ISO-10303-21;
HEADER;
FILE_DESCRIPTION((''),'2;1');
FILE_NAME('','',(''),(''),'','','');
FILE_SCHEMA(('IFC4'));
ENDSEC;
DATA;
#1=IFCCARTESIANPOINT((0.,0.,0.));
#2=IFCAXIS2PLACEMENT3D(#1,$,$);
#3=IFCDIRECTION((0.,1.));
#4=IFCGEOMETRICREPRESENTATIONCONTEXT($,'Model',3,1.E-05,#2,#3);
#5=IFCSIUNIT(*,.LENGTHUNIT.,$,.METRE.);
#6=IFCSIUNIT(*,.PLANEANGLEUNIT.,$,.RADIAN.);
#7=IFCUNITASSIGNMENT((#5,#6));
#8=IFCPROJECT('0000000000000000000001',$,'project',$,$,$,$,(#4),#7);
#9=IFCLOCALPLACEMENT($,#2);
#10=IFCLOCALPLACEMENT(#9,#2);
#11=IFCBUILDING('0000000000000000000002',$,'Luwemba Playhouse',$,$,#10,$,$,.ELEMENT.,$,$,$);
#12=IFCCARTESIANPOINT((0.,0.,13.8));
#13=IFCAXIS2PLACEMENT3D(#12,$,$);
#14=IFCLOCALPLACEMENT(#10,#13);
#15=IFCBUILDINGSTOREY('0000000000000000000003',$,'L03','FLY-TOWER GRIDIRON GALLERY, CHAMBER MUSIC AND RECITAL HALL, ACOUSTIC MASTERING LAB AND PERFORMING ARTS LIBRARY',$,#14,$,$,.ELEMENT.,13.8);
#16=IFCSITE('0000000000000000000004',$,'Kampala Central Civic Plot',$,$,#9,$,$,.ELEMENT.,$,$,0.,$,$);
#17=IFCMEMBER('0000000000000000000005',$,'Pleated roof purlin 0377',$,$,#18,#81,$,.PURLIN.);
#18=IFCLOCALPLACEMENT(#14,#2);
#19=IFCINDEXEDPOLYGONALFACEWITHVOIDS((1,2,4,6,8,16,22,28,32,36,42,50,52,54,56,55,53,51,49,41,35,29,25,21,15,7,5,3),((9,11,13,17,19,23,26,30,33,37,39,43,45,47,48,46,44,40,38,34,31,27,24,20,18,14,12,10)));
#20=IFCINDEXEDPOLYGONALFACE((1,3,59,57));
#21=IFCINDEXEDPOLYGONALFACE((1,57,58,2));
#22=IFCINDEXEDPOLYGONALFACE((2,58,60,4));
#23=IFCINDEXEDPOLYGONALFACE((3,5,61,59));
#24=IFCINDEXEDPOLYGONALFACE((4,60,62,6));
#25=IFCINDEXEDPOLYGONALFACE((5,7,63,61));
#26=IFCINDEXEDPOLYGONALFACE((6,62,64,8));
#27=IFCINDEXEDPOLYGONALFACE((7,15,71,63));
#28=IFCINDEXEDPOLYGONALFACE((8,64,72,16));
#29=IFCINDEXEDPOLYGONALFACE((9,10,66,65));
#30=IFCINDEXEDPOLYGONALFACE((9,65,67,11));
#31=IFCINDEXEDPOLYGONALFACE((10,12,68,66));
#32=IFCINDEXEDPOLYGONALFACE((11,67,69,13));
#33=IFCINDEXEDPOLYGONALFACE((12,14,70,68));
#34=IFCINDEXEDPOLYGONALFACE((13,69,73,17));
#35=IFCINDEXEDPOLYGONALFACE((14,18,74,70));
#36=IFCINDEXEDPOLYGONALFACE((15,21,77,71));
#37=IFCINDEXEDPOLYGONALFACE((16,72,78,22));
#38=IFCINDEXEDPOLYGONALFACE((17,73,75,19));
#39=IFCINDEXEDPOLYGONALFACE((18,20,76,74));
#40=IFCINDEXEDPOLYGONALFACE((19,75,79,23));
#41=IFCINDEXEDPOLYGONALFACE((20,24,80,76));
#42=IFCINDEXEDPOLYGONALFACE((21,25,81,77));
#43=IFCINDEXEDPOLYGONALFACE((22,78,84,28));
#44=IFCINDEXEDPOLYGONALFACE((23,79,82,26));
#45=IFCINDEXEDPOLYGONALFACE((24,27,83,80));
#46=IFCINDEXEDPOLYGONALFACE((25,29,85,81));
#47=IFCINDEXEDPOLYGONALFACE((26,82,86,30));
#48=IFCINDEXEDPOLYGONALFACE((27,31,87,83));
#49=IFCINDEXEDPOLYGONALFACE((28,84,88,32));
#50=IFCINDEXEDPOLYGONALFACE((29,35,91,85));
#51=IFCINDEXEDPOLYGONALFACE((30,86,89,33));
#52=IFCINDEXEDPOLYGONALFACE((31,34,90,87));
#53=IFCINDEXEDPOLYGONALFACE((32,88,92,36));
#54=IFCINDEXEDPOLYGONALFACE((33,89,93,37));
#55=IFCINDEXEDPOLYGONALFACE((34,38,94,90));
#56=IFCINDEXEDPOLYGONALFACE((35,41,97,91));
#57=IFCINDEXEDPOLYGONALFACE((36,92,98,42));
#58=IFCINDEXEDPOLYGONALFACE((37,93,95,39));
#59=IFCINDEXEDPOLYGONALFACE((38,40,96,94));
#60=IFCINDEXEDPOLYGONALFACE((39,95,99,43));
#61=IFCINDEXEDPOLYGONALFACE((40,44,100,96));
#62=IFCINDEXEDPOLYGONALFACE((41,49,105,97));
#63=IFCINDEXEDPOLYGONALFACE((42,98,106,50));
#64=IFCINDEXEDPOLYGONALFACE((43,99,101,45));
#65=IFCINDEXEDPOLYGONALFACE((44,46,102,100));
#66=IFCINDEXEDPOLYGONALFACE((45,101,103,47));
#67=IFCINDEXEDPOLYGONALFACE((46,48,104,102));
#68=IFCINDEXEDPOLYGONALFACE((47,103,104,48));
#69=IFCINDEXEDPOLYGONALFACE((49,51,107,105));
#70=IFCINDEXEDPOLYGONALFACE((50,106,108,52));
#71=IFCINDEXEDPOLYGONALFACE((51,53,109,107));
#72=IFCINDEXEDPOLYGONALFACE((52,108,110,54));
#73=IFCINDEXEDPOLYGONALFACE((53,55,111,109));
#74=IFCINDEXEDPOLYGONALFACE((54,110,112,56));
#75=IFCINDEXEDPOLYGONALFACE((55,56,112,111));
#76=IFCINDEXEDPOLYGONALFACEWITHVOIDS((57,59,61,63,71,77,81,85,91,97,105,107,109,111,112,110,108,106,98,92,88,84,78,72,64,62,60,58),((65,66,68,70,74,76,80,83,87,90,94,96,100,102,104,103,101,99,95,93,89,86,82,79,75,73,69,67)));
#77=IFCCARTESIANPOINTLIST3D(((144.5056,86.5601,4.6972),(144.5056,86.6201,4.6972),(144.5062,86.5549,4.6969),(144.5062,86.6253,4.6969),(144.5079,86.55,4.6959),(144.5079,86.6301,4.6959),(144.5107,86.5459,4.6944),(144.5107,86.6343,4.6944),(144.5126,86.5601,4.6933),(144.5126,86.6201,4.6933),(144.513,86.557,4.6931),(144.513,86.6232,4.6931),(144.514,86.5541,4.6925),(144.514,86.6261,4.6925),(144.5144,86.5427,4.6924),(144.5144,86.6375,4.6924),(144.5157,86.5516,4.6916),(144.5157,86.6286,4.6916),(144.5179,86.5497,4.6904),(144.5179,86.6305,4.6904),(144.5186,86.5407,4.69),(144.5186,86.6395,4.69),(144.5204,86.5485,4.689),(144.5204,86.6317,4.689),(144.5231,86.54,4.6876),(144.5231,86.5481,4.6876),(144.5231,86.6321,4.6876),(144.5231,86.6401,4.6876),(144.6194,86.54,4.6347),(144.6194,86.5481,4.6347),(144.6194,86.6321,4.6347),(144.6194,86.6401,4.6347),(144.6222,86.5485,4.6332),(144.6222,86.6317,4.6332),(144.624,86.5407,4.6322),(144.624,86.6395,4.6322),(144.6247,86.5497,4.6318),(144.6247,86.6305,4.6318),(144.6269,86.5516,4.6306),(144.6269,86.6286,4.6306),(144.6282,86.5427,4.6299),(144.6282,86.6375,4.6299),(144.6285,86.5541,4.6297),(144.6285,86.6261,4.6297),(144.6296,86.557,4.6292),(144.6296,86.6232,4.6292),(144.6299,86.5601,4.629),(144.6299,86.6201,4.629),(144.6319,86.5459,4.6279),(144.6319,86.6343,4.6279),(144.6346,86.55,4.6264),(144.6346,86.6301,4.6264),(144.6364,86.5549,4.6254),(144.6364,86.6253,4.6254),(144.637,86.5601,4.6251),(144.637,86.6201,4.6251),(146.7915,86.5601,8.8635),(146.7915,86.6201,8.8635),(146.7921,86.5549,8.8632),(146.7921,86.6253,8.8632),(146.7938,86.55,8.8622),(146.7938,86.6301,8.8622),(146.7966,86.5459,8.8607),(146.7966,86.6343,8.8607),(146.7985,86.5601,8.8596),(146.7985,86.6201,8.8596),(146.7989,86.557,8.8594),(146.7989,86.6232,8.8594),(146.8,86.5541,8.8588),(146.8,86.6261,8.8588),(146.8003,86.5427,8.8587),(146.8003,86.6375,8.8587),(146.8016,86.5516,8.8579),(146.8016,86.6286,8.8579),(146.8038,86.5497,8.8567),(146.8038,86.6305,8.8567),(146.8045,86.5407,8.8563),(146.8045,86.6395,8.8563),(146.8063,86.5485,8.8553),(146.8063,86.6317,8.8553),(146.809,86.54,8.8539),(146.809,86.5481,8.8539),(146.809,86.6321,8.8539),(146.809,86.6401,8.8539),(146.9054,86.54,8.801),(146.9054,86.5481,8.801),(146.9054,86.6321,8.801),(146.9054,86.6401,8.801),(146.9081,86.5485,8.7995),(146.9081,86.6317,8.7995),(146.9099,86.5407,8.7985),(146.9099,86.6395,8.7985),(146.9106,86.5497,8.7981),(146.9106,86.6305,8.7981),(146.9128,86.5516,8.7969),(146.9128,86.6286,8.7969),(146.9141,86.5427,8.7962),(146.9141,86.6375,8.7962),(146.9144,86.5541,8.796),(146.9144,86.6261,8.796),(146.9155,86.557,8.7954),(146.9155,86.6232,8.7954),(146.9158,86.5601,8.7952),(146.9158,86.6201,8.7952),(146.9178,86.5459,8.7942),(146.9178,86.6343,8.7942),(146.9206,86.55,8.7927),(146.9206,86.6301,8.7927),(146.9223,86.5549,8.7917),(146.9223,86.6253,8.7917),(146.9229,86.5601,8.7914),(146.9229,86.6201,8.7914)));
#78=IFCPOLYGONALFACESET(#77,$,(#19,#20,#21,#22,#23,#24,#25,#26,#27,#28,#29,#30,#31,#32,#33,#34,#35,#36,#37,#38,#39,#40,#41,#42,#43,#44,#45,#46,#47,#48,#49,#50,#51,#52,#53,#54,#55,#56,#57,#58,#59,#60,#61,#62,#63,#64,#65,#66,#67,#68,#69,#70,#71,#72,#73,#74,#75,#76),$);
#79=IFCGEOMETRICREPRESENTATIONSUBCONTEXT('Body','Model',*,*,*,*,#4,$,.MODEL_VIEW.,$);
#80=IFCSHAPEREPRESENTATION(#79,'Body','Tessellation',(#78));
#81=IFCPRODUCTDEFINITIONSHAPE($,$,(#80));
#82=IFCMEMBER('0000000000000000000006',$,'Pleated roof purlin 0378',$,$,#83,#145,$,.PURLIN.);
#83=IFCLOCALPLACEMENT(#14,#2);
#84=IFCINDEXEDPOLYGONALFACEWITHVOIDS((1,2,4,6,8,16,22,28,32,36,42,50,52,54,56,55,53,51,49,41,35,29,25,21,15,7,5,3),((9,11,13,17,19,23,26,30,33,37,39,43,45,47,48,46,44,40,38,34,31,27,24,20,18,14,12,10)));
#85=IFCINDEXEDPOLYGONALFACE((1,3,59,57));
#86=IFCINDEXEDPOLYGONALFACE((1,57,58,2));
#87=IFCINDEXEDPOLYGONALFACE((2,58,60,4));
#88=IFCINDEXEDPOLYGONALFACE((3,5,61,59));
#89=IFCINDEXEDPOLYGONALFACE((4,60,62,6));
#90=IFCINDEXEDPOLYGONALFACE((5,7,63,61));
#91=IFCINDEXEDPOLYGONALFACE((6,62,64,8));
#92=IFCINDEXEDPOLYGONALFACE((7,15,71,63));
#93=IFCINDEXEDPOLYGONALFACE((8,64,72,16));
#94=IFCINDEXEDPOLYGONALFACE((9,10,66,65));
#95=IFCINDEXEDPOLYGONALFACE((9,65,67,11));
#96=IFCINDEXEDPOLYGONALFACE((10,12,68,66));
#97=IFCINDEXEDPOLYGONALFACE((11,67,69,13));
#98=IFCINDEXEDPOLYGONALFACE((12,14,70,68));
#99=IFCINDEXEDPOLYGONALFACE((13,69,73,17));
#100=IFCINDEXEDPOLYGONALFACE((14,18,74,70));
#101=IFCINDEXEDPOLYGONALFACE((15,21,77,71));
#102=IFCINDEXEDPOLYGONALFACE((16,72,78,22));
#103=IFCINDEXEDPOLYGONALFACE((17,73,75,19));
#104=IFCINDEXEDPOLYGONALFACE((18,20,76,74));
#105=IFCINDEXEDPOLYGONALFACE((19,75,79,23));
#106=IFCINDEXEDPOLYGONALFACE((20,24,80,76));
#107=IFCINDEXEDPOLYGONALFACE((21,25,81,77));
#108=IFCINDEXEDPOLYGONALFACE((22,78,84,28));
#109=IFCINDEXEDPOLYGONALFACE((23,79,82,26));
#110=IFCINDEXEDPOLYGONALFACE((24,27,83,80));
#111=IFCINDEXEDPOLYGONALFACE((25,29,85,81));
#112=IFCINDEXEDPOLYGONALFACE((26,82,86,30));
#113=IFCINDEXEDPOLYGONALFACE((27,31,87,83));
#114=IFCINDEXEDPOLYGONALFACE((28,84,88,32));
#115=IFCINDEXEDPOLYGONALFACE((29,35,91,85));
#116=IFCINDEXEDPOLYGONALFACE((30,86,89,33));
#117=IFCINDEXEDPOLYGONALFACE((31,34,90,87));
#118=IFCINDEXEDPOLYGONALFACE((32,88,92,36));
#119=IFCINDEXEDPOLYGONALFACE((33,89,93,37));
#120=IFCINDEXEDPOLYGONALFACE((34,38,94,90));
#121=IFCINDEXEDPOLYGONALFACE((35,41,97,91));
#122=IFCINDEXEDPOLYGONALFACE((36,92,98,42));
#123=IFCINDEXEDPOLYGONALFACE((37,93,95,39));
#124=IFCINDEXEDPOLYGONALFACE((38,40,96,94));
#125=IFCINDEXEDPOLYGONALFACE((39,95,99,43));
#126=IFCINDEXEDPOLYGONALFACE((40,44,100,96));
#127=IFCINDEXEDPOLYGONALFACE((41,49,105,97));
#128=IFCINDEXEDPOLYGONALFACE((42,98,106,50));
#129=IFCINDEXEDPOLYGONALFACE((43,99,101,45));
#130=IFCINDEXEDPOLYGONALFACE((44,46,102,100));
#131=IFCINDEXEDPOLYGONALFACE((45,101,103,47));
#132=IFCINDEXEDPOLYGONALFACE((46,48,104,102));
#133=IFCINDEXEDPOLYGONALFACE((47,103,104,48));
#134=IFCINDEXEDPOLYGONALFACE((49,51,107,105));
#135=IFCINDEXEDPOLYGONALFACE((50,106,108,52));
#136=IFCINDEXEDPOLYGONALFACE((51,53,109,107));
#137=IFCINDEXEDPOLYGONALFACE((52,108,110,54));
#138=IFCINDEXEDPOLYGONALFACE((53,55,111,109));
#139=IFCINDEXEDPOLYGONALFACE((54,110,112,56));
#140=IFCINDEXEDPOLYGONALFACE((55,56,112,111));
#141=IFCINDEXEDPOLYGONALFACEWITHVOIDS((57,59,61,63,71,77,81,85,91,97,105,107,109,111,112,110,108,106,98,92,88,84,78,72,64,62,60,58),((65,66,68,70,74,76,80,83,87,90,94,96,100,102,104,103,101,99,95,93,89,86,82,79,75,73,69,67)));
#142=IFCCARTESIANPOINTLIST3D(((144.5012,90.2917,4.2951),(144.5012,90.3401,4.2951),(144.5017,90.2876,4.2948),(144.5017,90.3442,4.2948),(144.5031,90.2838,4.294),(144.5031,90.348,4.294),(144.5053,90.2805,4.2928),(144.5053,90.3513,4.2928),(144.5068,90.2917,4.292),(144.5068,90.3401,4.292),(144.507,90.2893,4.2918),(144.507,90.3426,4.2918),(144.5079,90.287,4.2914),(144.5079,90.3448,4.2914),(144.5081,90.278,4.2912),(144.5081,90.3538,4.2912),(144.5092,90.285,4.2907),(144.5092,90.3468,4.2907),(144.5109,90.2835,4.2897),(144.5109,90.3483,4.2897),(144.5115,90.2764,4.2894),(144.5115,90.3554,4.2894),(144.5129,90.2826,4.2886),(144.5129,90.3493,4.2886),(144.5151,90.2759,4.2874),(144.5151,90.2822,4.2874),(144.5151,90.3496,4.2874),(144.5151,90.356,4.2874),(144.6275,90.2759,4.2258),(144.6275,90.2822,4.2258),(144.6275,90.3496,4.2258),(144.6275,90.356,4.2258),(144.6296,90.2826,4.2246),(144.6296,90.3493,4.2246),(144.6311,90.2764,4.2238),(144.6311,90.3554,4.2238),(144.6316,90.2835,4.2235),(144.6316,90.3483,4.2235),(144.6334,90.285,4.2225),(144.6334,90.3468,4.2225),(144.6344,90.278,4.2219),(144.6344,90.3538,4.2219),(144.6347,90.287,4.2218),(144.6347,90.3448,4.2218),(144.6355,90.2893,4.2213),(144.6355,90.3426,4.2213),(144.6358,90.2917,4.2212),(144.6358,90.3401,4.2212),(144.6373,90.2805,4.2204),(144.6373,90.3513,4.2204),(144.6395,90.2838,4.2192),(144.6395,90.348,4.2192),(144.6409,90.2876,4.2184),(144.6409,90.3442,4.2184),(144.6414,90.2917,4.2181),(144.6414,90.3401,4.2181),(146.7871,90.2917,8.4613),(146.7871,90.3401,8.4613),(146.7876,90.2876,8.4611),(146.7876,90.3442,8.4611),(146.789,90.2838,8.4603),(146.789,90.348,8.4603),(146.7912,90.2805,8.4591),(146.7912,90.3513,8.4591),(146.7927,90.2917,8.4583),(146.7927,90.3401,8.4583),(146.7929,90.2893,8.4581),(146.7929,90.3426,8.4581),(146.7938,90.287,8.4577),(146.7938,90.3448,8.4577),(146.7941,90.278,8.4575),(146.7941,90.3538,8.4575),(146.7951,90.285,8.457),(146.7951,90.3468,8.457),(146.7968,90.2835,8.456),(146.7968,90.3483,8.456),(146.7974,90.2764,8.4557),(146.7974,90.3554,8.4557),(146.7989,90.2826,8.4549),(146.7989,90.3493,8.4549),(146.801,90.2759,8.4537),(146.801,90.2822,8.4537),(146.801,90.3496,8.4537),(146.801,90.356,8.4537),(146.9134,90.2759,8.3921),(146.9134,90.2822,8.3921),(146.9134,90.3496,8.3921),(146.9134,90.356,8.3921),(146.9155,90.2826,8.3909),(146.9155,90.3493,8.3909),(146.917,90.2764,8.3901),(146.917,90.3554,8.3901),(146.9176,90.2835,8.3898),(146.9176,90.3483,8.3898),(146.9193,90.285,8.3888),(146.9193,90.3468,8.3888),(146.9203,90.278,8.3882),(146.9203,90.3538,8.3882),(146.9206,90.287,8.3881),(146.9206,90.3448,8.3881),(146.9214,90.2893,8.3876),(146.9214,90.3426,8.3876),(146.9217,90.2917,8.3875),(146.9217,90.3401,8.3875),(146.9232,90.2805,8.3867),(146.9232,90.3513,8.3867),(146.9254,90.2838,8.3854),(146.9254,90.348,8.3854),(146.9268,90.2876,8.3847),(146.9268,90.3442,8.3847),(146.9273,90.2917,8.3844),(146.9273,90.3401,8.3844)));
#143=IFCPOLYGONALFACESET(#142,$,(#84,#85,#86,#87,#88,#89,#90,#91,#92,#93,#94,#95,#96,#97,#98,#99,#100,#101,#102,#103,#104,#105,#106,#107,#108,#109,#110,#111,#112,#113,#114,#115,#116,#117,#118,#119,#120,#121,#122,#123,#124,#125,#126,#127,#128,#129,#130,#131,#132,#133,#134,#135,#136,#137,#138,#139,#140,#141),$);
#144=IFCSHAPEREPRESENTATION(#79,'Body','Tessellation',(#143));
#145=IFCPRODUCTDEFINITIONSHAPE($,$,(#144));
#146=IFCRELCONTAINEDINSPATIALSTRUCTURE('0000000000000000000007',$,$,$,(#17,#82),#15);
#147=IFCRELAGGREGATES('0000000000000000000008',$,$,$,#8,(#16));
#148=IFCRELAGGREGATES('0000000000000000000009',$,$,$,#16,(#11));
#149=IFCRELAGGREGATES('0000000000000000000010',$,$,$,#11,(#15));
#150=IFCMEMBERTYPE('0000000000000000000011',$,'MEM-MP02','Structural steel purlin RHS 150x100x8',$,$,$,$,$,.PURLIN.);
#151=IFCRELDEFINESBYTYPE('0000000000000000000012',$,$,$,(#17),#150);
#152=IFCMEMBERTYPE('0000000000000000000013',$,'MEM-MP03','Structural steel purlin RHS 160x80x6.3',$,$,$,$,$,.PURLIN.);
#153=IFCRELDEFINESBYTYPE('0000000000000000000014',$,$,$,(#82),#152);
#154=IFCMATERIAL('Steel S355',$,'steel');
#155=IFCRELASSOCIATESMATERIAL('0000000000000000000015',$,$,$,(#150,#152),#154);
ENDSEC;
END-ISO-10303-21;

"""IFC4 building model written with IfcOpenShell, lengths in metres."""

from ifc_helpers import new_model, si_unit, direction, frame, origin, origin_2d, place, context, subcontext, project, spatial, hollow_rectangle, extrude, material, material_profile, profile_set, type_object, element, save


model = new_model("IFC4")

# Units and contexts
model_context = context("Model", 3, precision=1e-05, world=origin(), true_north=direction((0.0, 1.0)))
body_context = subcontext(model_context, "Body", "Model", "MODEL_VIEW")
ifc_project = project(units=[si_unit("LENGTHUNIT", "METRE"), si_unit("PLANEANGLEUNIT", "RADIAN")], contexts=[model_context])

# Site, building, storey
site_placement = place(None, origin())
site = spatial("IfcSite", under=ifc_project, at=site_placement, Name="Kampala Central Civic Plot", CompositionType="ELEMENT", RefElevation=0.0)
building_placement = place(site_placement, origin())
building = spatial("IfcBuilding", under=site, at=building_placement, Name="Luwemba Playhouse", CompositionType="ELEMENT")
storey_placement = place(building_placement, frame((0.0, 0.0, 13.8)))
storey = spatial("IfcBuildingStorey", under=building, at=storey_placement, Name="L03", Description="FLY-TOWER GRIDIRON GALLERY, CHAMBER MUSIC AND RECITAL HALL, ACOUSTIC MASTERING LAB AND PERFORMING ARTS LIBRARY", CompositionType="ELEMENT", Elevation=13.8)

# Shared definitions
ifc_material_1 = material(Name="Steel S355", Category="steel")

# Members
ifc_material_profile_1 = material_profile(ifc_material_1, hollow_rectangle(XDim=0.1001, YDim=0.1499, WallThickness=0.0081, InnerFilletRadius=0.012, OuterFilletRadius=0.02, at=origin_2d()))
ifc_profile_set_1 = profile_set([ifc_material_profile_1], Name="Steel S355")
member_type_1 = type_object("IfcMemberType", Name="MEM-MP02", Description="Structural steel purlin RHS 150x100x8", PredefinedType="PURLIN", material=ifc_profile_set_1)
member_1_placement = place(storey_placement, frame((144.5713, 86.5901, 4.6611), z_axis=(0.481021, 0.0, 0.876709), x_axis=(0.0, 1.0, 0.0)))
element("IfcMember", 1, at=member_1_placement, inside=storey, type_object=member_type_1, Name="Pleated roof purlin 0377", PredefinedType="PURLIN", context=body_context, shape_type="SweptSolid", body=[
    extrude(hollow_rectangle(XDim=0.1001, YDim=0.1499, WallThickness=0.0081, InnerFilletRadius=0.012, OuterFilletRadius=0.02, at=origin_2d()), origin(), (0.0, 0.0, 1.0), 4.7522),
])
ifc_material_profile_2 = material_profile(ifc_material_1, hollow_rectangle(XDim=0.0801, YDim=0.1599, WallThickness=0.0063, InnerFilletRadius=0.0095, OuterFilletRadius=0.0159, at=origin_2d()))
ifc_profile_set_2 = profile_set([ifc_material_profile_2], Name="Steel S355")
member_type_2 = type_object("IfcMemberType", Name="MEM-MP03", Description="Structural steel purlin RHS 160x80x6.3", PredefinedType="PURLIN", material=ifc_profile_set_2)
member_2_placement = place(storey_placement, frame((144.5713, 90.3159, 4.2566), z_axis=(0.481021, 0.0, 0.876709), x_axis=(0.0, 1.0, 0.0)))
element("IfcMember", 2, at=member_2_placement, inside=storey, type_object=member_type_2, Name="Pleated roof purlin 0378", PredefinedType="PURLIN", context=body_context, shape_type="SweptSolid", body=[
    extrude(hollow_rectangle(XDim=0.0801, YDim=0.1599, WallThickness=0.0063, InnerFilletRadius=0.0095, OuterFilletRadius=0.0159, at=origin_2d()), origin(), (0.0, 0.0, 1.0), 4.7522),
])

save(model, "model.ifc")
